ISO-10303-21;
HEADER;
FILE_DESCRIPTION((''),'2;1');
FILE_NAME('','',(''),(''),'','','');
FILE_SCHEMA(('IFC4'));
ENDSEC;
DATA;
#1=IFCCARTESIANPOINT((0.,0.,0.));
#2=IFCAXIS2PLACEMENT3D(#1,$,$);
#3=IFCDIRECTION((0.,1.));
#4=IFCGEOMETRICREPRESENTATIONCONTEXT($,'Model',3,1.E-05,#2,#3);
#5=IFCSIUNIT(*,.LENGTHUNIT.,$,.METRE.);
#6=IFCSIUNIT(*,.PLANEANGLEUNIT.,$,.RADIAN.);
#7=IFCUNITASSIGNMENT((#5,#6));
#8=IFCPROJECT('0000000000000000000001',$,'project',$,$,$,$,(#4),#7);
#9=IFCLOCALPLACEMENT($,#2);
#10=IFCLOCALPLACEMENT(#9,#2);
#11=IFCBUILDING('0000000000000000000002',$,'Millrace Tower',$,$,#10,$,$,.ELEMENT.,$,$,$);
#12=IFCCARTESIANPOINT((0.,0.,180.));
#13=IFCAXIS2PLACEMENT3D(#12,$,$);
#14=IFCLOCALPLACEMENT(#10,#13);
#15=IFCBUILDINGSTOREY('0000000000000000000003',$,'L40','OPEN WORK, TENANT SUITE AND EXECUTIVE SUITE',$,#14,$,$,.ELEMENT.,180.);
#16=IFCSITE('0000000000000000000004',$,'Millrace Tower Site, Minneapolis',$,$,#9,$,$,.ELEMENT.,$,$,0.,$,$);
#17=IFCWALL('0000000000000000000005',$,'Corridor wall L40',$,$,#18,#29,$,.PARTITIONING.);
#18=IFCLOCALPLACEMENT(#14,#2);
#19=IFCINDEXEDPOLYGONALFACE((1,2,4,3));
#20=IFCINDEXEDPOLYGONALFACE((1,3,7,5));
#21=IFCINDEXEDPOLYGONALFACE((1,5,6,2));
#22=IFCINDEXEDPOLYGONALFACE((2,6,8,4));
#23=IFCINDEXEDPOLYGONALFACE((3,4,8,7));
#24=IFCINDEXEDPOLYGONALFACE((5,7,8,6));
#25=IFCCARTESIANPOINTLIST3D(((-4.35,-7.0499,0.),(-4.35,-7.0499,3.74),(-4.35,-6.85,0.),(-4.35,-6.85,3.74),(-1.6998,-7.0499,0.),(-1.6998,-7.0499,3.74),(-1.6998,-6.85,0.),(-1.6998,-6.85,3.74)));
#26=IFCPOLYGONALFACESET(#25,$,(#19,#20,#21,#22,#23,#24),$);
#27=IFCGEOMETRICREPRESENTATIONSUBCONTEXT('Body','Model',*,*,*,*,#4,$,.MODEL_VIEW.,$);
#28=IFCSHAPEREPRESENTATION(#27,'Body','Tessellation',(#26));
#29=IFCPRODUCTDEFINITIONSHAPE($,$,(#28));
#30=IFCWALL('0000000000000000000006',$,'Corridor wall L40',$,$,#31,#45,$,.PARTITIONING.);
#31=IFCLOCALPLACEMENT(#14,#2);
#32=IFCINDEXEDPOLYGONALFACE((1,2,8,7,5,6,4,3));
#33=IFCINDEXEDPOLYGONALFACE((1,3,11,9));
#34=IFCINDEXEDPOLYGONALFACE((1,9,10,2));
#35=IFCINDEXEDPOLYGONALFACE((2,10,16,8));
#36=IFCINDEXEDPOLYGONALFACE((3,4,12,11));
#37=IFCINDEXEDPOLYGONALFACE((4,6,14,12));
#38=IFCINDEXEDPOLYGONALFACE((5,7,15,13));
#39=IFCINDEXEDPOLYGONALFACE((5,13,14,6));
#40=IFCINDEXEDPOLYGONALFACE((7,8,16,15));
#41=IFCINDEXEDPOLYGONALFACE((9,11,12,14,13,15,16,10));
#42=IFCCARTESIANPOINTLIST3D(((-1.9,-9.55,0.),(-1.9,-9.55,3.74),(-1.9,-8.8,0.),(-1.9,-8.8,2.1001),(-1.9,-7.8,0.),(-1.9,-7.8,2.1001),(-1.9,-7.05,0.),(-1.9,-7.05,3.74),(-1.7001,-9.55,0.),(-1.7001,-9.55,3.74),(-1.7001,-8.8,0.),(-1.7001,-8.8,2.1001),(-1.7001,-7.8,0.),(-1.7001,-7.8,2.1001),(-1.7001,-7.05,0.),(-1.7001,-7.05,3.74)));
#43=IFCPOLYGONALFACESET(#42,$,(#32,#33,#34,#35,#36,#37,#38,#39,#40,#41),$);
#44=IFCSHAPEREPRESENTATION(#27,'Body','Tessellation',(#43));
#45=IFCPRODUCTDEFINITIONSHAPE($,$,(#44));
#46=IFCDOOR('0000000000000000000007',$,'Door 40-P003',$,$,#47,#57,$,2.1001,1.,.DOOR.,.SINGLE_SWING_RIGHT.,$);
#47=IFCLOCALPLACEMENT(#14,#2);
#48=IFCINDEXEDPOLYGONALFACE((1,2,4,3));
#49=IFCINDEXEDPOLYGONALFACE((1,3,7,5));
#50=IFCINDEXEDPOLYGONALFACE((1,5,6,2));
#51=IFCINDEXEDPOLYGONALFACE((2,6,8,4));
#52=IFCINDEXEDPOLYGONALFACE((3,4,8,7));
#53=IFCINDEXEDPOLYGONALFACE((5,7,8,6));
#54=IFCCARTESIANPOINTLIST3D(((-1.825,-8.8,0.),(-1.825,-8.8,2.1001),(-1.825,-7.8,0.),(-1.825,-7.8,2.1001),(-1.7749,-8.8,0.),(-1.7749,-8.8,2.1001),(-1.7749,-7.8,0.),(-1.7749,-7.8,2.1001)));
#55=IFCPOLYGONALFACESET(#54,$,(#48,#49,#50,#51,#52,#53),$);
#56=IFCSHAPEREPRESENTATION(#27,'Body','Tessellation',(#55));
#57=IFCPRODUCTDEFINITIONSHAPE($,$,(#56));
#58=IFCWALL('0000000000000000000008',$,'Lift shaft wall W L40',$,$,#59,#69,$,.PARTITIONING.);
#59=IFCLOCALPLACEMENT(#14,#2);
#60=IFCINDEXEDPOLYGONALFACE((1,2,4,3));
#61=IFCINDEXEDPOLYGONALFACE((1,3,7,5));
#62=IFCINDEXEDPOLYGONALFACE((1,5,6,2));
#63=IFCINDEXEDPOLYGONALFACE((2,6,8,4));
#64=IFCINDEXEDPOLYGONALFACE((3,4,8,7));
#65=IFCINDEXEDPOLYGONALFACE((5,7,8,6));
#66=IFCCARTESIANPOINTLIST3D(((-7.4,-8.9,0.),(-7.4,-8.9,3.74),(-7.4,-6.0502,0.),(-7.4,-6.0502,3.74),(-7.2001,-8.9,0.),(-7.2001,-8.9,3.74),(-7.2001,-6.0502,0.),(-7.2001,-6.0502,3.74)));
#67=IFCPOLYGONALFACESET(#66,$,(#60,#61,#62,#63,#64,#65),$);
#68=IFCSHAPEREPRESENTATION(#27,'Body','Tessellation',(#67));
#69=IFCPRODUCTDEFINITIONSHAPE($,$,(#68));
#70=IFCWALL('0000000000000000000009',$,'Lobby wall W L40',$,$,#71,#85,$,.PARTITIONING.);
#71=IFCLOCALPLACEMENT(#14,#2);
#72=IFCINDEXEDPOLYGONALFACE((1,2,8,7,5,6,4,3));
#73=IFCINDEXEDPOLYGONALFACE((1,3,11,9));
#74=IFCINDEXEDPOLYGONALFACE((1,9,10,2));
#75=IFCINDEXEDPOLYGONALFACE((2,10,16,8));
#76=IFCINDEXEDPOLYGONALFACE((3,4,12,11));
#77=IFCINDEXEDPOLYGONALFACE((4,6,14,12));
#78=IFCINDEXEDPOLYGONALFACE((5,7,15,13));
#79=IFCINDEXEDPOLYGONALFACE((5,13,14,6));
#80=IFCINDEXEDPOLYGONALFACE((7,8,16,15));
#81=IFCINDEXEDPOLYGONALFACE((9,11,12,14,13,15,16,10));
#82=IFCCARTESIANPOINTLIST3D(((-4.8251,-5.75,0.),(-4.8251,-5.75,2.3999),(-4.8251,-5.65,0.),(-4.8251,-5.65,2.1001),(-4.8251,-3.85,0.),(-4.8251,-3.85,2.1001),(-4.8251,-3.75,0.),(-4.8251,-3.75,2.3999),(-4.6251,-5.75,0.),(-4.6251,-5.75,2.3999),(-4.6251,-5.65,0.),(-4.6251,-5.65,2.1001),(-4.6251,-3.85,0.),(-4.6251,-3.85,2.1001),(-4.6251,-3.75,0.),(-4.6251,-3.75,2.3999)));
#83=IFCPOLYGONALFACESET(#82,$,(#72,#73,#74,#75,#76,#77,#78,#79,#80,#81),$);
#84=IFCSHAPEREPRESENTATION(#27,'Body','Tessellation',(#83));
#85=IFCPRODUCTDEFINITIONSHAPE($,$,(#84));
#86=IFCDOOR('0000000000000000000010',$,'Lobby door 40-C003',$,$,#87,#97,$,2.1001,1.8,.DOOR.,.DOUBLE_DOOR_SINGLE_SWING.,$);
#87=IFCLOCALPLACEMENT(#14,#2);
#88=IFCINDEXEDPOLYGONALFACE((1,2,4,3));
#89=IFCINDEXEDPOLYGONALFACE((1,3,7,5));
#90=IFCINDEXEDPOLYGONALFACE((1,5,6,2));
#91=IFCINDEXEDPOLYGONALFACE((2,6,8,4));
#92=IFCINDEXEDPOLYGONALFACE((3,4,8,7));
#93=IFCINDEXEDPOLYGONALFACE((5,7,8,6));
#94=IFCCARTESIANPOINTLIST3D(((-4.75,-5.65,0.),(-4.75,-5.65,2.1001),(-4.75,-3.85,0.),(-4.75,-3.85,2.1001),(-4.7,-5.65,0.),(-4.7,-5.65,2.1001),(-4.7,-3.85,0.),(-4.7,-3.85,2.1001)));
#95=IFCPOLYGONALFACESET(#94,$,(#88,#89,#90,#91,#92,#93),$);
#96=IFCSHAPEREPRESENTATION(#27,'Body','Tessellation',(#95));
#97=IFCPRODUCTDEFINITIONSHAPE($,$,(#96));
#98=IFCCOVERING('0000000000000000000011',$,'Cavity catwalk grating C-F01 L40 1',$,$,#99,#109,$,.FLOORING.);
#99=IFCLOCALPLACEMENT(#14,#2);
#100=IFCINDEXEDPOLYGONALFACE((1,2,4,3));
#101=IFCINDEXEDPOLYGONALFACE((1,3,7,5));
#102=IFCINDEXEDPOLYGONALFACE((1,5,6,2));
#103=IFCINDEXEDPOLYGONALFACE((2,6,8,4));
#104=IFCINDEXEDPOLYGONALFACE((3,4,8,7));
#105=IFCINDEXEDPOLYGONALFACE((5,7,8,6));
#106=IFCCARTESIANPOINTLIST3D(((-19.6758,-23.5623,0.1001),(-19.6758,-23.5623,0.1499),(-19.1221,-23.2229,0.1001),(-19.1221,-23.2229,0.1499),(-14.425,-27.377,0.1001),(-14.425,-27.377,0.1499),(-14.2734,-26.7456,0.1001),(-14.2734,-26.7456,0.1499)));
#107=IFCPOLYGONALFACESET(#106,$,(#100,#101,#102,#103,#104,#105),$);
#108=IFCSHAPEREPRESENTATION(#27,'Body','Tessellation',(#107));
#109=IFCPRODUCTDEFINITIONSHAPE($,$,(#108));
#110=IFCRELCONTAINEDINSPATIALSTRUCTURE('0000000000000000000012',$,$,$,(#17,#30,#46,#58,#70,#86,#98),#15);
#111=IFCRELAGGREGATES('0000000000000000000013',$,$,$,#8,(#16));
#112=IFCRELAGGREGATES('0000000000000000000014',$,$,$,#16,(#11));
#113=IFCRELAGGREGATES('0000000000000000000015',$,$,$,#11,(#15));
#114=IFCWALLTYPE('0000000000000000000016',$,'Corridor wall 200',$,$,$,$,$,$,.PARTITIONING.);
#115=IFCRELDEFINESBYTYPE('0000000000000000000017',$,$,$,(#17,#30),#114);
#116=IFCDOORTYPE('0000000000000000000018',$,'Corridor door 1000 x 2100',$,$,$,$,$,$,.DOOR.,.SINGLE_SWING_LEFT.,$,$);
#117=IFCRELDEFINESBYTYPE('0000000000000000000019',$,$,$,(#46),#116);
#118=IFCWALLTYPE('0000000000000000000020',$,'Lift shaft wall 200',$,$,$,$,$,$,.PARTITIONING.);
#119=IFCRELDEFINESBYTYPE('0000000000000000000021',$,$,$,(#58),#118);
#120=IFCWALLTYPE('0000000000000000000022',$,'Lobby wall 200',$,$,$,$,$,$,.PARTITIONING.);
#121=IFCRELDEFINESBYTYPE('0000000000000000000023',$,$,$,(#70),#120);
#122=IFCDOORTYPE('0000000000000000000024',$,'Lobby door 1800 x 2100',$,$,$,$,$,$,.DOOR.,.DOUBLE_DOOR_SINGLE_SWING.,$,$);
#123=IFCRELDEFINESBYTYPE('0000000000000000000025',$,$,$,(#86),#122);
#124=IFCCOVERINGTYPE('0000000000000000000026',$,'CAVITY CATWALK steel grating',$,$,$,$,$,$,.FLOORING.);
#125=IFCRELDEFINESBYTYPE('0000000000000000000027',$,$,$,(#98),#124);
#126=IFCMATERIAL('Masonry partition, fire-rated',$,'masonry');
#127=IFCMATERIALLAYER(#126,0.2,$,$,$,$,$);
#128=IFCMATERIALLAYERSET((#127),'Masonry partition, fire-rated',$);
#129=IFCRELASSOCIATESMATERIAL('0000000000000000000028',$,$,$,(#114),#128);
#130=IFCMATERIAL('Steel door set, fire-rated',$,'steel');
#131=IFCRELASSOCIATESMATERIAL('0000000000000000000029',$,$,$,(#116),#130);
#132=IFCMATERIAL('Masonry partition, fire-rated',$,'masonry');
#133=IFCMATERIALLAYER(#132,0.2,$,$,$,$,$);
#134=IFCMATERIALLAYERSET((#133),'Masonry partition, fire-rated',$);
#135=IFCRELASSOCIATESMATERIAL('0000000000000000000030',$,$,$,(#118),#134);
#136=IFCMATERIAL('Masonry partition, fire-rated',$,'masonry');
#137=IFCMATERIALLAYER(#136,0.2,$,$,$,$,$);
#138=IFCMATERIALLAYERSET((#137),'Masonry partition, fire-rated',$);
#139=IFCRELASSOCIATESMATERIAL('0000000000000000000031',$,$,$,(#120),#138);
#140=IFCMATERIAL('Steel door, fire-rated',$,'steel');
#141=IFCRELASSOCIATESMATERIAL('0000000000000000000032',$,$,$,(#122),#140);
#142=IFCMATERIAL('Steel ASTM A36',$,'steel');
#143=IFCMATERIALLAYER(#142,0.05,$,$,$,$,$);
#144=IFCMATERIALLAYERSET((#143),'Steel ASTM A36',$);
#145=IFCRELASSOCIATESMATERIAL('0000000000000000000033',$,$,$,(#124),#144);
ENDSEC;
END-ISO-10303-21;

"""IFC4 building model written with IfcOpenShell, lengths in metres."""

from ifc_helpers import new_model, si_unit, direction, frame, frame_2d, origin, place, context, subcontext, project, spatial, polyline, rectangle, outline, extrude, material, layer, layer_set, type_object, element, fill, save


model = new_model("IFC4")

# Units and contexts
model_context = context("Model", 3, precision=1e-05, world=origin(), true_north=direction((0.0, 1.0)))
body_context = subcontext(model_context, "Body", "Model", "MODEL_VIEW")
ifc_project = project(units=[si_unit("LENGTHUNIT", "METRE"), si_unit("PLANEANGLEUNIT", "RADIAN")], contexts=[model_context])

# Site, building, storey
site_placement = place(None, origin())
site = spatial("IfcSite", under=ifc_project, at=site_placement, Name="Millrace Tower Site, Minneapolis", CompositionType="ELEMENT", RefElevation=0.0)
building_placement = place(site_placement, origin())
building = spatial("IfcBuilding", under=site, at=building_placement, Name="Millrace Tower", CompositionType="ELEMENT")
storey_placement = place(building_placement, frame((0.0, 0.0, 180.0)))
storey = spatial("IfcBuildingStorey", under=building, at=storey_placement, Name="L40", Description="OPEN WORK, TENANT SUITE AND EXECUTIVE SUITE", CompositionType="ELEMENT", Elevation=180.0)

# Wall
ifc_material_1 = material(Name="Masonry partition, fire-rated", Category="masonry")
ifc_layer_1 = layer(ifc_material_1, 0.2)
ifc_layer_set_1 = layer_set([ifc_layer_1], Name="Masonry partition, fire-rated")
wall_type_1 = type_object("IfcWallType", Name="Corridor wall 200", PredefinedType="PARTITIONING", material=ifc_layer_set_1)
wall_1_placement = place(storey_placement, frame((-4.3501, -6.95, 0.0), z_axis=(0.0, 0.0, 1.0), x_axis=(1.0, 0.0, 0.0)))
element("IfcWall", 1, at=wall_1_placement, inside=storey, type_object=wall_type_1, Name="Corridor wall L40", PredefinedType="PARTITIONING", context=body_context, shape_type="SweptSolid", body=[
    extrude(rectangle(XDim=2.6501, YDim=0.2, at=frame_2d((1.3252, 0.0))), origin(), (0.0, 0.0, 1.0), 3.74),
])

# Wall, opening, door
wall_2_placement = place(storey_placement, frame((-1.8, -9.55, 0.0), z_axis=(0.0, 0.0, 1.0), x_axis=(0.0, 1.0, 0.0)))
wall_2 = element("IfcWall", 2, at=wall_2_placement, inside=storey, type_object=wall_type_1, Name="Corridor wall L40", PredefinedType="PARTITIONING", context=body_context, shape_type="SweptSolid", body=[
    extrude(rectangle(XDim=2.5, YDim=0.2, at=frame_2d((1.25, 0.0))), origin(), (0.0, 0.0, 1.0), 3.74),
])
opening_1_placement = place(wall_2_placement, frame((0.75, 0.0, 0.0)))
opening_1 = element("IfcOpeningElement", 3, at=opening_1_placement, cuts=wall_2, PredefinedType="OPENING", context=body_context, shape_type="SweptSolid", body=[
    extrude(rectangle(XDim=1.0, YDim=2.1001, at=frame_2d((0.5, 1.05))), frame((0.0, 0.1099, 0.0), z_axis=(0.0, -1.0, 0.0), x_axis=(1.0, 0.0, 0.0)), (0.0, 0.0, 1.0), 0.22),
])
ifc_material_2 = material(Name="Steel door set, fire-rated", Category="steel")
door_type_1 = type_object("IfcDoorType", Name="Corridor door 1000 x 2100", OperationType="SINGLE_SWING_LEFT", PredefinedType="DOOR", material=ifc_material_2)
door_1_placement = place(opening_1_placement, origin())
door_1 = element("IfcDoor", 4, at=door_1_placement, inside=storey, type_object=door_type_1, Name="Door 40-P003", OperationType="SINGLE_SWING_RIGHT", OverallHeight=2.1001, OverallWidth=1.0, PredefinedType="DOOR", context=body_context, shape_type="SweptSolid", body=[
    extrude(rectangle(XDim=1.0, YDim=2.1001, at=frame_2d((0.5, 1.05))), frame((0.0, 0.0249, 0.0), z_axis=(0.0, -1.0, 0.0), x_axis=(1.0, 0.0, 0.0)), (0.0, 0.0, 1.0), 0.05),
])
fill(opening_1, door_1)

# Wall
ifc_material_3 = material(Name="Masonry partition, fire-rated", Category="masonry")
ifc_layer_2 = layer(ifc_material_3, 0.2)
ifc_layer_set_2 = layer_set([ifc_layer_2], Name="Masonry partition, fire-rated")
wall_type_2 = type_object("IfcWallType", Name="Lift shaft wall 200", PredefinedType="PARTITIONING", material=ifc_layer_set_2)
wall_3_placement = place(storey_placement, frame((-7.3, -8.8999, 0.0), z_axis=(0.0, 0.0, 1.0), x_axis=(0.0, 1.0, 0.0)))
element("IfcWall", 5, at=wall_3_placement, inside=storey, type_object=wall_type_2, Name="Lift shaft wall W L40", PredefinedType="PARTITIONING", context=body_context, shape_type="SweptSolid", body=[
    extrude(rectangle(XDim=2.8499, YDim=0.2, at=frame_2d((1.4248, 0.0))), origin(), (0.0, 0.0, 1.0), 3.74),
])

# Wall, opening, door
ifc_material_4 = material(Name="Masonry partition, fire-rated", Category="masonry")
ifc_layer_3 = layer(ifc_material_4, 0.2)
ifc_layer_set_3 = layer_set([ifc_layer_3], Name="Masonry partition, fire-rated")
wall_type_3 = type_object("IfcWallType", Name="Lobby wall 200", PredefinedType="PARTITIONING", material=ifc_layer_set_3)
wall_4_placement = place(storey_placement, frame((-4.7251, -5.75, 0.0), z_axis=(0.0, 0.0, 1.0), x_axis=(0.0, 1.0, 0.0)))
wall_4 = element("IfcWall", 6, at=wall_4_placement, inside=storey, type_object=wall_type_3, Name="Lobby wall W L40", PredefinedType="PARTITIONING", context=body_context, shape_type="SweptSolid", body=[
    extrude(rectangle(XDim=2.0, YDim=0.2, at=frame_2d((1.0, 0.0))), origin(), (0.0, 0.0, 1.0), 2.3999),
])
opening_2_placement = place(wall_4_placement, frame((0.1001, 0.0, 0.0)))
opening_2 = element("IfcOpeningElement", 7, at=opening_2_placement, cuts=wall_4, PredefinedType="OPENING", context=body_context, shape_type="SweptSolid", body=[
    extrude(rectangle(XDim=1.8, YDim=2.1001, at=frame_2d((0.8999, 1.05))), frame((0.0, 0.1099, 0.0), z_axis=(0.0, -1.0, 0.0), x_axis=(1.0, 0.0, 0.0)), (0.0, 0.0, 1.0), 0.22),
])
ifc_material_5 = material(Name="Steel door, fire-rated", Category="steel")
door_type_2 = type_object("IfcDoorType", Name="Lobby door 1800 x 2100", OperationType="DOUBLE_DOOR_SINGLE_SWING", PredefinedType="DOOR", material=ifc_material_5)
door_2_placement = place(opening_2_placement, origin())
door_2 = element("IfcDoor", 8, at=door_2_placement, inside=storey, type_object=door_type_2, Name="Lobby door 40-C003", OperationType="DOUBLE_DOOR_SINGLE_SWING", OverallHeight=2.1001, OverallWidth=1.8, PredefinedType="DOOR", context=body_context, shape_type="SweptSolid", body=[
    extrude(rectangle(XDim=1.8, YDim=2.1001, at=frame_2d((0.8999, 1.05))), frame((0.0, 0.0249, 0.0), z_axis=(0.0, -1.0, 0.0), x_axis=(1.0, 0.0, 0.0)), (0.0, 0.0, 1.0), 0.05),
])
fill(opening_2, door_2)

# Covering
ifc_material_6 = material(Name="Steel ASTM A36", Category="steel")
ifc_layer_4 = layer(ifc_material_6, 0.05)
ifc_layer_set_4 = layer_set([ifc_layer_4], Name="Steel ASTM A36")
covering_type = type_object("IfcCoveringType", Name="CAVITY CATWALK steel grating", PredefinedType="FLOORING", material=ifc_layer_set_4)
covering_placement = place(storey_placement, frame((0.0, 0.0, 0.1001)))
element("IfcCovering", 9, at=covering_placement, inside=storey, type_object=covering_type, Name="Cavity catwalk grating C-F01 L40 1", PredefinedType="FLOORING", context=body_context, shape_type="SweptSolid", body=[
    extrude(outline(polyline([(-19.6758, -23.5623), (-14.425, -27.377), (-14.2734, -26.7456), (-19.1221, -23.2229), (-19.6758, -23.5623)])), origin(), (0.0, 0.0, 1.0), 0.0498),
])

save(model, "model.ifc")
